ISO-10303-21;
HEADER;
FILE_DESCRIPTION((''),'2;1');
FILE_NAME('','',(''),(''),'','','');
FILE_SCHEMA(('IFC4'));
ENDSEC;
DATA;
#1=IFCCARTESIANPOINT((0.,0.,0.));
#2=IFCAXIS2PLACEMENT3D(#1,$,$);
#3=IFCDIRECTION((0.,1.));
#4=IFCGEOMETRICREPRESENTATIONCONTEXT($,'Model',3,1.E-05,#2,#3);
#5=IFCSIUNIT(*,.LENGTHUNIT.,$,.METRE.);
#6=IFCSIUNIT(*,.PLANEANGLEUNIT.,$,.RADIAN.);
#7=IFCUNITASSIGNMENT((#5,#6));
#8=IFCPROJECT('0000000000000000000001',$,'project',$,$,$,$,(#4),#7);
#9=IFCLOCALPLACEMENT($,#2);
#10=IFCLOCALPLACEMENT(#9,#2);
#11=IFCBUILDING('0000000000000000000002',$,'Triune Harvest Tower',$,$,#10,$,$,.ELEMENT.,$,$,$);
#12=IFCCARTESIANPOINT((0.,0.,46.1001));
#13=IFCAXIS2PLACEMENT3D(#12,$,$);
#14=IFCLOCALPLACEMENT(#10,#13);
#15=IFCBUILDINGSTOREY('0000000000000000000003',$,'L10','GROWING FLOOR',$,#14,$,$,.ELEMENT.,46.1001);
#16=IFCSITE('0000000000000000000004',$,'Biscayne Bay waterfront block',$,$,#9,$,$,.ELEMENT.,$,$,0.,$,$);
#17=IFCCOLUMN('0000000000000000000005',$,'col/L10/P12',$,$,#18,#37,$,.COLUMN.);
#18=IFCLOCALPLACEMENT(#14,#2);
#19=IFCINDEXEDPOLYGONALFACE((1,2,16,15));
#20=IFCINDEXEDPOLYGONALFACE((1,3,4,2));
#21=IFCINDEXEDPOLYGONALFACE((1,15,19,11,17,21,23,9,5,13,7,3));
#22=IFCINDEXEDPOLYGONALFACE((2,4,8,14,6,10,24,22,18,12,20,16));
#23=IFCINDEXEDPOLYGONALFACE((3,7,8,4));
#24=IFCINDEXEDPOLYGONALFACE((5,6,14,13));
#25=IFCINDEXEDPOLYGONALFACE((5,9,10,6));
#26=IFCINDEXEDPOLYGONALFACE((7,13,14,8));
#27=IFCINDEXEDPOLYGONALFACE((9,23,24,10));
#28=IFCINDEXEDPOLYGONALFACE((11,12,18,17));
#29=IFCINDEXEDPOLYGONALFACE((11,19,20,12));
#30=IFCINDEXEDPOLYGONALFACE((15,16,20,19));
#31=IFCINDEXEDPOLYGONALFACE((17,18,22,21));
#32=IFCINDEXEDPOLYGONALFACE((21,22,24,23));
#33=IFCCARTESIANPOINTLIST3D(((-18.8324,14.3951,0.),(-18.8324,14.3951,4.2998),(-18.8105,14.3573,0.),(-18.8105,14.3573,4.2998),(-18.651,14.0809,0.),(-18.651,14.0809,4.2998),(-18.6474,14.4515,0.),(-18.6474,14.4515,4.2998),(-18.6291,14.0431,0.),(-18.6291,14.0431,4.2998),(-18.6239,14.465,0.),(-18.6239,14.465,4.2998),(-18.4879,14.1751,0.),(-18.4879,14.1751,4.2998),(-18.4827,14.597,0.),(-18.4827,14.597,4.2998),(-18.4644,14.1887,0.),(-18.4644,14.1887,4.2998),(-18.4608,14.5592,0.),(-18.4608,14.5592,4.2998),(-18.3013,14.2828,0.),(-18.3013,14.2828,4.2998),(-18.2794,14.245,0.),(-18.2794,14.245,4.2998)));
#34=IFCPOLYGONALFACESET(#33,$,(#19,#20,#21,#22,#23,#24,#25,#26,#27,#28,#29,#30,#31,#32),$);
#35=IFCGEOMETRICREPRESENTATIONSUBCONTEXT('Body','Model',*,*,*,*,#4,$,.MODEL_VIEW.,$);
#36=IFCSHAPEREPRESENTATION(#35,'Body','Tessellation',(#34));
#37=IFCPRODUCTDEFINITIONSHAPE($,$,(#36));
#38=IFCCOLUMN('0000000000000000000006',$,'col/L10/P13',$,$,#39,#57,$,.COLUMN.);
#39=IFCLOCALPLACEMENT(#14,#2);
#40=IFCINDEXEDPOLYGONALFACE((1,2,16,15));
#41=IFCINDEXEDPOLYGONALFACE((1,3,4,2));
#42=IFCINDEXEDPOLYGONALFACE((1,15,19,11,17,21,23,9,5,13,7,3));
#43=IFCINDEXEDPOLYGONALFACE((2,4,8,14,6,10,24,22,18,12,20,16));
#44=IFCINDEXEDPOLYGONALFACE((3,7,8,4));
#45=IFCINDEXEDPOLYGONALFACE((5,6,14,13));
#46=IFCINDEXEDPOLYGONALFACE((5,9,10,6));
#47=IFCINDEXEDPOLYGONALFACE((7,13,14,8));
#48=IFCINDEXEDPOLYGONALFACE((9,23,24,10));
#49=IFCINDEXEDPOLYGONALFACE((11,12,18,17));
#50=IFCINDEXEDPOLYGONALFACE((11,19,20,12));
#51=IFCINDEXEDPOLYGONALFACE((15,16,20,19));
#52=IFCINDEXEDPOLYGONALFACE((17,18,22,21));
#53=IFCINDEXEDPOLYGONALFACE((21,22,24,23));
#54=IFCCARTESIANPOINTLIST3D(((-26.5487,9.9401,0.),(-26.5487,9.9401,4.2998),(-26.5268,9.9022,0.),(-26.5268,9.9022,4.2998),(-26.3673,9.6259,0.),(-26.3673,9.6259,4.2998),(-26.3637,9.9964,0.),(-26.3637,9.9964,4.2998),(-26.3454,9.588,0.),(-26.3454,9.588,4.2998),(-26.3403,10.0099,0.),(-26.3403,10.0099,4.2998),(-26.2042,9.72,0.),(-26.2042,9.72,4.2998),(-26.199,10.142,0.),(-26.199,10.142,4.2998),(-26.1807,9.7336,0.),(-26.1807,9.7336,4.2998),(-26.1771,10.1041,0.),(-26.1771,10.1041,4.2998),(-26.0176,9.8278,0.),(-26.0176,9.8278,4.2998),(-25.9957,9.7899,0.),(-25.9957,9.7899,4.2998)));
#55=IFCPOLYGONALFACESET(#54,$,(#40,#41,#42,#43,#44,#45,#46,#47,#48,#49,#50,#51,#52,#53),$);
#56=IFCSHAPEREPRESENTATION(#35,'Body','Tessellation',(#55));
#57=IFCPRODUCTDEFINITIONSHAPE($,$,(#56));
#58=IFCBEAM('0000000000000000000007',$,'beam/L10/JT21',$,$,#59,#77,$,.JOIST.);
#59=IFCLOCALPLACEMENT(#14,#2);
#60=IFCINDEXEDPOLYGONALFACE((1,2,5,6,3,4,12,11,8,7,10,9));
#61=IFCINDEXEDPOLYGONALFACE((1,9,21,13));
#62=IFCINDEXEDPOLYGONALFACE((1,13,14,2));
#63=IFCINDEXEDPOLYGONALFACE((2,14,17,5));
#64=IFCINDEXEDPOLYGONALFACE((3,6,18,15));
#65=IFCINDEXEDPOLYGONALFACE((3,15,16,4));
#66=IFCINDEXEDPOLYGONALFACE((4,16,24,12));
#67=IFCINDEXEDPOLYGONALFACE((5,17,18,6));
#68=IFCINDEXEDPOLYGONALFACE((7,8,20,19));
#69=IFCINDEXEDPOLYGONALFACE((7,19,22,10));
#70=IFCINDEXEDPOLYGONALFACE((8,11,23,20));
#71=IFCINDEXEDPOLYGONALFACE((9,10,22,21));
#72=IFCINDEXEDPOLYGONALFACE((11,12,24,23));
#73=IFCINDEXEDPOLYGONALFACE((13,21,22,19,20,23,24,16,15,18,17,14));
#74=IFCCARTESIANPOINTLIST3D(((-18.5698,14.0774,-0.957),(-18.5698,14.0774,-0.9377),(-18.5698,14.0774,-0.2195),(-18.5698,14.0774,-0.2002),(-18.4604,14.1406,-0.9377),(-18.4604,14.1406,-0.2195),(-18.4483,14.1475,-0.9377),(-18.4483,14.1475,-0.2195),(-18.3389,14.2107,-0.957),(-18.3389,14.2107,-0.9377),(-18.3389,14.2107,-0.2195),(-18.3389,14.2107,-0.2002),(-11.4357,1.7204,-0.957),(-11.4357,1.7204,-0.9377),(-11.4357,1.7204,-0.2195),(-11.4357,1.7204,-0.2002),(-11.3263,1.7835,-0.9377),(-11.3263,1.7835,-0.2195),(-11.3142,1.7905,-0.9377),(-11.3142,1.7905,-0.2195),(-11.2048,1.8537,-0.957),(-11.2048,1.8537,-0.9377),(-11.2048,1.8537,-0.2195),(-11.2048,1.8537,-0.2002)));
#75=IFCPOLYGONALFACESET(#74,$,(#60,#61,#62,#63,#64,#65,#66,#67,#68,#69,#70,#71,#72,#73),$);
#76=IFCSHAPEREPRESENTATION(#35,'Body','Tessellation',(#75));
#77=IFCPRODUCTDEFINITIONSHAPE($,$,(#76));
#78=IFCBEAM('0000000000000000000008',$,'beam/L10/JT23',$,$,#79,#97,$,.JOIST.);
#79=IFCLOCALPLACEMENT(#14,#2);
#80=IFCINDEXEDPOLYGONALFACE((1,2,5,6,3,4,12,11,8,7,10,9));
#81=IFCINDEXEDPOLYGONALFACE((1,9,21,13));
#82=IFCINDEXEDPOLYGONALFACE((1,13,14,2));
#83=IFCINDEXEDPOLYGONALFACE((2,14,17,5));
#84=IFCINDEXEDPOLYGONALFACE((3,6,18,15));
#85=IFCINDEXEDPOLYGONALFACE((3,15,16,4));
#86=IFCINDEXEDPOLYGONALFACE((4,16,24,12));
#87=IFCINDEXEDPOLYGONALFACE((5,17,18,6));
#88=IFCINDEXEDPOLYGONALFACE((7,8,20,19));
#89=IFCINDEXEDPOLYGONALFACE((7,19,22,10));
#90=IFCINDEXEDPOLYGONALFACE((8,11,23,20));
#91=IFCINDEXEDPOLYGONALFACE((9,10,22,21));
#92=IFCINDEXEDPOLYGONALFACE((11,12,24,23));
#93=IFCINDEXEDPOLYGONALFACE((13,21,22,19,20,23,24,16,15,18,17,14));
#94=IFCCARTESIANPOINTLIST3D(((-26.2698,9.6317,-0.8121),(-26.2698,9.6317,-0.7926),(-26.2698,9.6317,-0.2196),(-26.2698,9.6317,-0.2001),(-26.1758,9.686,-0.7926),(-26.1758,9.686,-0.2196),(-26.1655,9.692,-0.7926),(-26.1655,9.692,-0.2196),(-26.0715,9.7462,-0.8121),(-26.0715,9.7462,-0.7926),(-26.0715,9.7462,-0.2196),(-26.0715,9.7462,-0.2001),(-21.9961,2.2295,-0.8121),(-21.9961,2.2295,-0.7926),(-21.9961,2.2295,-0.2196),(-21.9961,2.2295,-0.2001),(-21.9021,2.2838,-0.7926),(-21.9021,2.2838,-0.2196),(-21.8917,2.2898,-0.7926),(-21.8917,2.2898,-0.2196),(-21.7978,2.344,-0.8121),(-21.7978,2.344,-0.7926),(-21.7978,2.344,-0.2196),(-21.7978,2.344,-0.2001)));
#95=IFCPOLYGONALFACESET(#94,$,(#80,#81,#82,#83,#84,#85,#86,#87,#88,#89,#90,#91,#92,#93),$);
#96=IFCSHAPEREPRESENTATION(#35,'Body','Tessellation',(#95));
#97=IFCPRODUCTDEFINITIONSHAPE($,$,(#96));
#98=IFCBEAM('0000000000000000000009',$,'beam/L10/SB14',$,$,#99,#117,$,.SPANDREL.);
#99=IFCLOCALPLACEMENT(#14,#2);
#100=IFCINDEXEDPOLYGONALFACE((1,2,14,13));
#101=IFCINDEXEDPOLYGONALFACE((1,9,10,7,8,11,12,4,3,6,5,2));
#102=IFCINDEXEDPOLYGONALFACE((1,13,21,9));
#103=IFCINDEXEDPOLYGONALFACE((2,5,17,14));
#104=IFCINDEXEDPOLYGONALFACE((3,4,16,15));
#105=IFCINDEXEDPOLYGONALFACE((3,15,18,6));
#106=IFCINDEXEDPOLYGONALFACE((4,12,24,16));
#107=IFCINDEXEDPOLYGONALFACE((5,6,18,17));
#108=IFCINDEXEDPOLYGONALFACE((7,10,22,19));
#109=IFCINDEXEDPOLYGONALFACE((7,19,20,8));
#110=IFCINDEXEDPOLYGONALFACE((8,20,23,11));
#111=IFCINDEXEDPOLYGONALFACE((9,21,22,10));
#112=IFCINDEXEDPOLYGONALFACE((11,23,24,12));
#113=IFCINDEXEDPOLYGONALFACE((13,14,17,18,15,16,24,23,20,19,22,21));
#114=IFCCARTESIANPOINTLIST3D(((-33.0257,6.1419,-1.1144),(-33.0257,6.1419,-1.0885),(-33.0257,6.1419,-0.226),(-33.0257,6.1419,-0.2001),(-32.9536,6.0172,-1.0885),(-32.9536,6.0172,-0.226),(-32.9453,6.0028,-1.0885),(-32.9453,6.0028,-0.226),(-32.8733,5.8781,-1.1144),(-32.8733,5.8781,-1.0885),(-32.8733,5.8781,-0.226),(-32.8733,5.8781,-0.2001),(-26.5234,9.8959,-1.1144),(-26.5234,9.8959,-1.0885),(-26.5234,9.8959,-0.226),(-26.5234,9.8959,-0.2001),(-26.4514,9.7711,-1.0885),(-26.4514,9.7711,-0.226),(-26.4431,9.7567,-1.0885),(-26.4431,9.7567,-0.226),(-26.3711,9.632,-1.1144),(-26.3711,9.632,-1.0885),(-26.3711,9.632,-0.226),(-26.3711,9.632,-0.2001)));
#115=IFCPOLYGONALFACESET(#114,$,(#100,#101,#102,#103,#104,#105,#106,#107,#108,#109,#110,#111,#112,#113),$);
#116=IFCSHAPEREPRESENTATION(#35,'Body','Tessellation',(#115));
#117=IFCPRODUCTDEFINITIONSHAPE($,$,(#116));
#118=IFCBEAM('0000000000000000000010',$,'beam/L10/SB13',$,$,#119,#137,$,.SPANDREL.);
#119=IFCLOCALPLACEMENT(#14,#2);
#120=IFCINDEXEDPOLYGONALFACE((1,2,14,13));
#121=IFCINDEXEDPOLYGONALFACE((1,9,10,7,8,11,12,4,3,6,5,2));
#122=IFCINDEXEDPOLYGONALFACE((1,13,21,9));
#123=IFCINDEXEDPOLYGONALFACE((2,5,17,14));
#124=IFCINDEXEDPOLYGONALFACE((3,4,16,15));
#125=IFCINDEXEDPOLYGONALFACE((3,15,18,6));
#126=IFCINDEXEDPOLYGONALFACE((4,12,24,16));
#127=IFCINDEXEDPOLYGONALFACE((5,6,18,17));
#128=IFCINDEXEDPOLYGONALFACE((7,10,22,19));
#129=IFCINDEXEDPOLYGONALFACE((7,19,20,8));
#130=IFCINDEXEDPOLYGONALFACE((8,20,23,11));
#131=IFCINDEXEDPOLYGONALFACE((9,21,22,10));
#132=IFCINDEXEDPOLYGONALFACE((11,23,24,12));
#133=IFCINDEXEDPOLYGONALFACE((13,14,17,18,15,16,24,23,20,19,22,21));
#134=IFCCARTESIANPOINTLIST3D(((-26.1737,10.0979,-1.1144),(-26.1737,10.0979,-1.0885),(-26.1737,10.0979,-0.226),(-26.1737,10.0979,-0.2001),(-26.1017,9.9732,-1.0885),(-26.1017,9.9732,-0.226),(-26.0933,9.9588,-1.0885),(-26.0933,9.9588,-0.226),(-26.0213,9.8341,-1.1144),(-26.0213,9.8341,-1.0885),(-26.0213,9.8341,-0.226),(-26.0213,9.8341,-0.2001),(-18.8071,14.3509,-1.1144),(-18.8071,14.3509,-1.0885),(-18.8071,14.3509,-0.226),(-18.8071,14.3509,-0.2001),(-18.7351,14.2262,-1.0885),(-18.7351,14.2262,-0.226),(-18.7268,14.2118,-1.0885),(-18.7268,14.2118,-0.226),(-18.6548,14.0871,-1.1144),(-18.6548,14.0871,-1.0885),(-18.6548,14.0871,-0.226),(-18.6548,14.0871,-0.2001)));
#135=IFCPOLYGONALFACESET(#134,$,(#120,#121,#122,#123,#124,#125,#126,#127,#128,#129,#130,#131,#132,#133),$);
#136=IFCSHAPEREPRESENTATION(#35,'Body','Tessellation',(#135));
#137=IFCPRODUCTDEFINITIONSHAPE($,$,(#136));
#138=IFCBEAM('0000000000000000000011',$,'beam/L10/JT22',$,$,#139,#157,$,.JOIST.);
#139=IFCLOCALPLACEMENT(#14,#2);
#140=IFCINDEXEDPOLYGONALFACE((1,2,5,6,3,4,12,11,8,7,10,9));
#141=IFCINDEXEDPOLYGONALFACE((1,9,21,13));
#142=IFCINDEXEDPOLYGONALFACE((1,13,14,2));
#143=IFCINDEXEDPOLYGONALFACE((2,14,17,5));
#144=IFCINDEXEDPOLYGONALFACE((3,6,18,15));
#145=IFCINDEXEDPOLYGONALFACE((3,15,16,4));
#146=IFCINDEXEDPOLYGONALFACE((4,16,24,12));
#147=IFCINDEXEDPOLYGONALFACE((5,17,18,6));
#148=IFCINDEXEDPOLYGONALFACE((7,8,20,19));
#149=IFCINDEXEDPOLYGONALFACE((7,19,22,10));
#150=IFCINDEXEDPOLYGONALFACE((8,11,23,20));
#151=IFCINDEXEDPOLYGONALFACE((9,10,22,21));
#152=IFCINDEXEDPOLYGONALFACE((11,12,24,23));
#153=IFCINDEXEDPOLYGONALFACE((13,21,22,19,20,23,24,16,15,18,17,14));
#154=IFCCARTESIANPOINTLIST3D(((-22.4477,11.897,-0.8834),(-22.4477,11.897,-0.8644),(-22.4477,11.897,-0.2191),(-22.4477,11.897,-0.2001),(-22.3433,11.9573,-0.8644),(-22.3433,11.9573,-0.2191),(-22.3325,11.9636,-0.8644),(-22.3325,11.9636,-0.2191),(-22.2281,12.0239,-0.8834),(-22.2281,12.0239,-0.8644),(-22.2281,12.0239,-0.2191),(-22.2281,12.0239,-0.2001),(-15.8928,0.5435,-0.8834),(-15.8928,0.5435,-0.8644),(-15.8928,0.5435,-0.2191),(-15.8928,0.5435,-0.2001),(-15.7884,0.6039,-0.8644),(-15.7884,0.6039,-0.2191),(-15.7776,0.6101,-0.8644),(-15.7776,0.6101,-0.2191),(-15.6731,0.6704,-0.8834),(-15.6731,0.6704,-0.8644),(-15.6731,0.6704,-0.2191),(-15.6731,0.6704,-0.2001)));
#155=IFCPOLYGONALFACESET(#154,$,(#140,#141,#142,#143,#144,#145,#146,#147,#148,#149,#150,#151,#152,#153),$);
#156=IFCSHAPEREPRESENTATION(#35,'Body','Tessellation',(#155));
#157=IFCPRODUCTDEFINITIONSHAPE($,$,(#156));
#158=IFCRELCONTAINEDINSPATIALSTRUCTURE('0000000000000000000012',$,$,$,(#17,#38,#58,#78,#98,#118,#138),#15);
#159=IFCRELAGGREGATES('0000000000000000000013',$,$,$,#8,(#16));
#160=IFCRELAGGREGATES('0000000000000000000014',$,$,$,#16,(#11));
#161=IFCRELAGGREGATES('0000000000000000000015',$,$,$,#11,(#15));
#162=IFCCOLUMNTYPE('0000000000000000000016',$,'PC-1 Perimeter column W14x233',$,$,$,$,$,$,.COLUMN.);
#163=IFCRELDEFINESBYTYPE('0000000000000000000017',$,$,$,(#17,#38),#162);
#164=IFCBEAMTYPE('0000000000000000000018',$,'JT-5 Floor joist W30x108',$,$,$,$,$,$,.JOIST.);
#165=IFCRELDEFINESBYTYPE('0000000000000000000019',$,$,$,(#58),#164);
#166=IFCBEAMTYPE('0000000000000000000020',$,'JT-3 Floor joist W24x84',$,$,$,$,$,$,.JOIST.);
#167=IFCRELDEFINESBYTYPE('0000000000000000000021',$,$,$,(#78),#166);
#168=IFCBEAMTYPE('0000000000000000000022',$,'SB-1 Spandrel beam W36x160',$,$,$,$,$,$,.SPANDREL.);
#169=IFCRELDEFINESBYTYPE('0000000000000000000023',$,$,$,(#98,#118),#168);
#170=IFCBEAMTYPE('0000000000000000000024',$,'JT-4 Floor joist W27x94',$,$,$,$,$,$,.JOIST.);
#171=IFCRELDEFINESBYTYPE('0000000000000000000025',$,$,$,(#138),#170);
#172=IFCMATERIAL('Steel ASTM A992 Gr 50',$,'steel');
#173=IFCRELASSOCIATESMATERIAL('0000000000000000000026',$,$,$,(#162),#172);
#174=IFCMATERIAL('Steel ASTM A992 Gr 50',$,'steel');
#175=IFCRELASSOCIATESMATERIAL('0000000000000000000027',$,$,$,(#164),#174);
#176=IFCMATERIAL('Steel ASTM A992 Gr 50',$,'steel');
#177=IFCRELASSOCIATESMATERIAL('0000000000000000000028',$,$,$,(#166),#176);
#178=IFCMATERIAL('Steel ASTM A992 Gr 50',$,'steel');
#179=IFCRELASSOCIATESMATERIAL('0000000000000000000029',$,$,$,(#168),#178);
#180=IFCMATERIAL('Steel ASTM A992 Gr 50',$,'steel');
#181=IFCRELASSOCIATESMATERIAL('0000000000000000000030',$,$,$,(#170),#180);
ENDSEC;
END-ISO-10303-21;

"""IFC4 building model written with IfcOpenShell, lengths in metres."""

from ifc_helpers import new_model, si_unit, direction, frame, origin, origin_2d, place, context, subcontext, project, spatial, i_section, extrude, source, transform, mapped, material, material_profile, profile_set, type_object, element, save


model = new_model("IFC4")

# Units and contexts
model_context = context("Model", 3, precision=1e-05, world=origin(), true_north=direction((0.0, 1.0)))
body_context = subcontext(model_context, "Body", "Model", "MODEL_VIEW")
ifc_project = project(units=[si_unit("LENGTHUNIT", "METRE"), si_unit("PLANEANGLEUNIT", "RADIAN")], contexts=[model_context])

# Site, building, storey
site_placement = place(None, origin())
site = spatial("IfcSite", under=ifc_project, at=site_placement, Name="Biscayne Bay waterfront block", CompositionType="ELEMENT", RefElevation=0.0)
building_placement = place(site_placement, origin())
building = spatial("IfcBuilding", under=site, at=building_placement, Name="Triune Harvest Tower", CompositionType="ELEMENT")
storey_placement = place(building_placement, frame((0.0, 0.0, 46.1001)))
storey = spatial("IfcBuildingStorey", under=building, at=storey_placement, Name="L10", Description="GROWING FLOOR", CompositionType="ELEMENT", Elevation=46.1001)

# Columns
ifc_material_1 = material(Name="Steel ASTM A992 Gr 50", Category="steel")
ifc_material_profile_1 = material_profile(ifc_material_1, i_section(OverallWidth=0.4038, OverallDepth=0.4065, WebThickness=0.0271, FlangeThickness=0.0437, at=origin_2d()), Name="W14x233")
ifc_profile_set_1 = profile_set([ifc_material_profile_1], Name="Steel ASTM A992 Gr 50")
column_type = type_object("IfcColumnType", Name="PC-1 Perimeter column W14x233", PredefinedType="COLUMN", material=ifc_profile_set_1)
shared_shape_1 = source(origin(), body_context, "Body", "SweptSolid", [
    extrude(i_section(OverallWidth=0.4038, OverallDepth=0.4065, WebThickness=0.0271, FlangeThickness=0.0437, at=origin_2d()), origin(), (0.0, 0.0, 1.0), 4.2998),
])
for number, where, z_axis, x_axis, name in (
    (1, (-18.5559, 14.3201, 0.0), (0.0, 0.0, 1.0), (-0.866025, -0.5, 0.0), "col/L10/P12"),
    (2, (-26.2722, 9.865, 0.0), (0.0, 0.0, 1.0), (-0.866025, -0.5, 0.0), "col/L10/P13"),
):
    element("IfcColumn", number, at=place(storey_placement, frame(where, z_axis=z_axis, x_axis=x_axis)), inside=storey, type_object=column_type, Name=name, PredefinedType="COLUMN", context=body_context, shape_type="MappedRepresentation", body=[
        mapped(shared_shape_1, transform((0.0, 0.0, 0.0), scale=1.0)),
    ])

# Beams
ifc_material_2 = material(Name="Steel ASTM A992 Gr 50", Category="steel")
ifc_material_profile_2 = material_profile(ifc_material_2, i_section(OverallWidth=0.2666, OverallDepth=0.7568, WebThickness=0.0139, FlangeThickness=0.0193, at=origin_2d()), Name="W30x108")
ifc_profile_set_2 = profile_set([ifc_material_profile_2], Name="Steel ASTM A992 Gr 50")
beam_type_1 = type_object("IfcBeamType", Name="JT-5 Floor joist W30x108", PredefinedType="JOIST", material=ifc_profile_set_2)
shared_shape_2 = source(origin(), body_context, "Body", "SweptSolid", [
    extrude(i_section(OverallWidth=0.2666, OverallDepth=0.7568, WebThickness=0.0139, FlangeThickness=0.0193, at=origin_2d()), origin(), (0.0, 0.0, 1.0), 14.2686),
])
beam_1_placement = place(storey_placement, frame((-18.4543, 14.144, -0.5786), z_axis=(0.499987, -0.866033, 0.0), x_axis=(0.866033, 0.499987, 0.0)))
element("IfcBeam", 3, at=beam_1_placement, inside=storey, type_object=beam_type_1, Name="beam/L10/JT21", PredefinedType="JOIST", context=body_context, shape_type="MappedRepresentation", body=[
    mapped(shared_shape_2, transform((0.0, 0.0, 0.0), scale=1.0)),
])
ifc_material_3 = material(Name="Steel ASTM A992 Gr 50", Category="steel")
ifc_material_profile_3 = material_profile(ifc_material_3, i_section(OverallWidth=0.229, OverallDepth=0.6121, WebThickness=0.012, FlangeThickness=0.0195, at=origin_2d()), Name="W24x84")
ifc_profile_set_3 = profile_set([ifc_material_profile_3], Name="Steel ASTM A992 Gr 50")
beam_type_2 = type_object("IfcBeamType", Name="JT-3 Floor joist W24x84", PredefinedType="JOIST", material=ifc_profile_set_3)
shared_shape_3 = source(origin(), body_context, "Body", "SweptSolid", [
    extrude(i_section(OverallWidth=0.229, OverallDepth=0.6121, WebThickness=0.012, FlangeThickness=0.0195, at=origin_2d()), origin(), (0.0, 0.0, 1.0), 8.5474),
])
beam_2_placement = place(storey_placement, frame((-26.1707, 9.689, -0.5061), z_axis=(0.500007, -0.866021, 0.0), x_axis=(0.866021, 0.500007, 0.0)))
element("IfcBeam", 4, at=beam_2_placement, inside=storey, type_object=beam_type_2, Name="beam/L10/JT23", PredefinedType="JOIST", context=body_context, shape_type="MappedRepresentation", body=[
    mapped(shared_shape_3, transform((0.0, 0.0, 0.0), scale=1.0)),
])
ifc_material_4 = material(Name="Steel ASTM A992 Gr 50", Category="steel")
ifc_material_profile_4 = material_profile(ifc_material_4, i_section(OverallWidth=0.3047, OverallDepth=0.9143, WebThickness=0.0166, FlangeThickness=0.0259, at=origin_2d()), Name="W36x160")
ifc_profile_set_4 = profile_set([ifc_material_profile_4], Name="Steel ASTM A992 Gr 50")
beam_type_3 = type_object("IfcBeamType", Name="SB-1 Spandrel beam W36x160", PredefinedType="SPANDREL", material=ifc_profile_set_4)
shared_shape_4 = source(origin(), body_context, "Body", "SweptSolid", [
    extrude(i_section(OverallWidth=0.3047, OverallDepth=0.9143, WebThickness=0.0166, FlangeThickness=0.0259, at=origin_2d()), origin(), (0.0, 0.0, 1.0), 7.5081),
])
beam_3_placement = place(storey_placement, frame((-26.4473, 9.7639, -0.6572), z_axis=(-0.866033, -0.499986, 0.0), x_axis=(0.499986, -0.866033, 0.0)))
element("IfcBeam", 5, at=beam_3_placement, inside=storey, type_object=beam_type_3, Name="beam/L10/SB14", PredefinedType="SPANDREL", context=body_context, shape_type="MappedRepresentation", body=[
    mapped(shared_shape_4, transform((0.0, 0.0, 0.0), scale=1.0)),
])
shared_shape_5 = source(origin(), body_context, "Body", "SweptSolid", [
    extrude(i_section(OverallWidth=0.3047, OverallDepth=0.9143, WebThickness=0.0166, FlangeThickness=0.0259, at=origin_2d()), origin(), (0.0, 0.0, 1.0), 8.5061),
])
beam_4_placement = place(storey_placement, frame((-18.731, 14.219, -0.6572), z_axis=(-0.86603, -0.499992, 0.0), x_axis=(0.499992, -0.86603, 0.0)))
element("IfcBeam", 6, at=beam_4_placement, inside=storey, type_object=beam_type_3, Name="beam/L10/SB13", PredefinedType="SPANDREL", context=body_context, shape_type="MappedRepresentation", body=[
    mapped(shared_shape_5, transform((0.0, 0.0, 0.0), scale=1.0)),
])
ifc_material_5 = material(Name="Steel ASTM A992 Gr 50", Category="steel")
ifc_material_profile_5 = material_profile(ifc_material_5, i_section(OverallWidth=0.2537, OverallDepth=0.6833, WebThickness=0.0125, FlangeThickness=0.019, at=origin_2d()), Name="W27x94")
ifc_profile_set_5 = profile_set([ifc_material_profile_5], Name="Steel ASTM A992 Gr 50")
beam_type_4 = type_object("IfcBeamType", Name="JT-4 Floor joist W27x94", PredefinedType="JOIST", material=ifc_profile_set_5)
shared_shape_6 = source(origin(), body_context, "Body", "SweptSolid", [
    extrude(i_section(OverallWidth=0.2537, OverallDepth=0.6833, WebThickness=0.0125, FlangeThickness=0.019, at=origin_2d()), origin(), (0.0, 0.0, 1.0), 13.1099),
])
beam_5_placement = place(storey_placement, frame((-22.3379, 11.9604, -0.5417), z_axis=(0.499999, -0.866026, 0.0), x_axis=(0.866026, 0.499999, 0.0)))
element("IfcBeam", 7, at=beam_5_placement, inside=storey, type_object=beam_type_4, Name="beam/L10/JT22", PredefinedType="JOIST", context=body_context, shape_type="MappedRepresentation", body=[
    mapped(shared_shape_6, transform((0.0, 0.0, 0.0), scale=1.0)),
])

save(model, "model.ifc")
